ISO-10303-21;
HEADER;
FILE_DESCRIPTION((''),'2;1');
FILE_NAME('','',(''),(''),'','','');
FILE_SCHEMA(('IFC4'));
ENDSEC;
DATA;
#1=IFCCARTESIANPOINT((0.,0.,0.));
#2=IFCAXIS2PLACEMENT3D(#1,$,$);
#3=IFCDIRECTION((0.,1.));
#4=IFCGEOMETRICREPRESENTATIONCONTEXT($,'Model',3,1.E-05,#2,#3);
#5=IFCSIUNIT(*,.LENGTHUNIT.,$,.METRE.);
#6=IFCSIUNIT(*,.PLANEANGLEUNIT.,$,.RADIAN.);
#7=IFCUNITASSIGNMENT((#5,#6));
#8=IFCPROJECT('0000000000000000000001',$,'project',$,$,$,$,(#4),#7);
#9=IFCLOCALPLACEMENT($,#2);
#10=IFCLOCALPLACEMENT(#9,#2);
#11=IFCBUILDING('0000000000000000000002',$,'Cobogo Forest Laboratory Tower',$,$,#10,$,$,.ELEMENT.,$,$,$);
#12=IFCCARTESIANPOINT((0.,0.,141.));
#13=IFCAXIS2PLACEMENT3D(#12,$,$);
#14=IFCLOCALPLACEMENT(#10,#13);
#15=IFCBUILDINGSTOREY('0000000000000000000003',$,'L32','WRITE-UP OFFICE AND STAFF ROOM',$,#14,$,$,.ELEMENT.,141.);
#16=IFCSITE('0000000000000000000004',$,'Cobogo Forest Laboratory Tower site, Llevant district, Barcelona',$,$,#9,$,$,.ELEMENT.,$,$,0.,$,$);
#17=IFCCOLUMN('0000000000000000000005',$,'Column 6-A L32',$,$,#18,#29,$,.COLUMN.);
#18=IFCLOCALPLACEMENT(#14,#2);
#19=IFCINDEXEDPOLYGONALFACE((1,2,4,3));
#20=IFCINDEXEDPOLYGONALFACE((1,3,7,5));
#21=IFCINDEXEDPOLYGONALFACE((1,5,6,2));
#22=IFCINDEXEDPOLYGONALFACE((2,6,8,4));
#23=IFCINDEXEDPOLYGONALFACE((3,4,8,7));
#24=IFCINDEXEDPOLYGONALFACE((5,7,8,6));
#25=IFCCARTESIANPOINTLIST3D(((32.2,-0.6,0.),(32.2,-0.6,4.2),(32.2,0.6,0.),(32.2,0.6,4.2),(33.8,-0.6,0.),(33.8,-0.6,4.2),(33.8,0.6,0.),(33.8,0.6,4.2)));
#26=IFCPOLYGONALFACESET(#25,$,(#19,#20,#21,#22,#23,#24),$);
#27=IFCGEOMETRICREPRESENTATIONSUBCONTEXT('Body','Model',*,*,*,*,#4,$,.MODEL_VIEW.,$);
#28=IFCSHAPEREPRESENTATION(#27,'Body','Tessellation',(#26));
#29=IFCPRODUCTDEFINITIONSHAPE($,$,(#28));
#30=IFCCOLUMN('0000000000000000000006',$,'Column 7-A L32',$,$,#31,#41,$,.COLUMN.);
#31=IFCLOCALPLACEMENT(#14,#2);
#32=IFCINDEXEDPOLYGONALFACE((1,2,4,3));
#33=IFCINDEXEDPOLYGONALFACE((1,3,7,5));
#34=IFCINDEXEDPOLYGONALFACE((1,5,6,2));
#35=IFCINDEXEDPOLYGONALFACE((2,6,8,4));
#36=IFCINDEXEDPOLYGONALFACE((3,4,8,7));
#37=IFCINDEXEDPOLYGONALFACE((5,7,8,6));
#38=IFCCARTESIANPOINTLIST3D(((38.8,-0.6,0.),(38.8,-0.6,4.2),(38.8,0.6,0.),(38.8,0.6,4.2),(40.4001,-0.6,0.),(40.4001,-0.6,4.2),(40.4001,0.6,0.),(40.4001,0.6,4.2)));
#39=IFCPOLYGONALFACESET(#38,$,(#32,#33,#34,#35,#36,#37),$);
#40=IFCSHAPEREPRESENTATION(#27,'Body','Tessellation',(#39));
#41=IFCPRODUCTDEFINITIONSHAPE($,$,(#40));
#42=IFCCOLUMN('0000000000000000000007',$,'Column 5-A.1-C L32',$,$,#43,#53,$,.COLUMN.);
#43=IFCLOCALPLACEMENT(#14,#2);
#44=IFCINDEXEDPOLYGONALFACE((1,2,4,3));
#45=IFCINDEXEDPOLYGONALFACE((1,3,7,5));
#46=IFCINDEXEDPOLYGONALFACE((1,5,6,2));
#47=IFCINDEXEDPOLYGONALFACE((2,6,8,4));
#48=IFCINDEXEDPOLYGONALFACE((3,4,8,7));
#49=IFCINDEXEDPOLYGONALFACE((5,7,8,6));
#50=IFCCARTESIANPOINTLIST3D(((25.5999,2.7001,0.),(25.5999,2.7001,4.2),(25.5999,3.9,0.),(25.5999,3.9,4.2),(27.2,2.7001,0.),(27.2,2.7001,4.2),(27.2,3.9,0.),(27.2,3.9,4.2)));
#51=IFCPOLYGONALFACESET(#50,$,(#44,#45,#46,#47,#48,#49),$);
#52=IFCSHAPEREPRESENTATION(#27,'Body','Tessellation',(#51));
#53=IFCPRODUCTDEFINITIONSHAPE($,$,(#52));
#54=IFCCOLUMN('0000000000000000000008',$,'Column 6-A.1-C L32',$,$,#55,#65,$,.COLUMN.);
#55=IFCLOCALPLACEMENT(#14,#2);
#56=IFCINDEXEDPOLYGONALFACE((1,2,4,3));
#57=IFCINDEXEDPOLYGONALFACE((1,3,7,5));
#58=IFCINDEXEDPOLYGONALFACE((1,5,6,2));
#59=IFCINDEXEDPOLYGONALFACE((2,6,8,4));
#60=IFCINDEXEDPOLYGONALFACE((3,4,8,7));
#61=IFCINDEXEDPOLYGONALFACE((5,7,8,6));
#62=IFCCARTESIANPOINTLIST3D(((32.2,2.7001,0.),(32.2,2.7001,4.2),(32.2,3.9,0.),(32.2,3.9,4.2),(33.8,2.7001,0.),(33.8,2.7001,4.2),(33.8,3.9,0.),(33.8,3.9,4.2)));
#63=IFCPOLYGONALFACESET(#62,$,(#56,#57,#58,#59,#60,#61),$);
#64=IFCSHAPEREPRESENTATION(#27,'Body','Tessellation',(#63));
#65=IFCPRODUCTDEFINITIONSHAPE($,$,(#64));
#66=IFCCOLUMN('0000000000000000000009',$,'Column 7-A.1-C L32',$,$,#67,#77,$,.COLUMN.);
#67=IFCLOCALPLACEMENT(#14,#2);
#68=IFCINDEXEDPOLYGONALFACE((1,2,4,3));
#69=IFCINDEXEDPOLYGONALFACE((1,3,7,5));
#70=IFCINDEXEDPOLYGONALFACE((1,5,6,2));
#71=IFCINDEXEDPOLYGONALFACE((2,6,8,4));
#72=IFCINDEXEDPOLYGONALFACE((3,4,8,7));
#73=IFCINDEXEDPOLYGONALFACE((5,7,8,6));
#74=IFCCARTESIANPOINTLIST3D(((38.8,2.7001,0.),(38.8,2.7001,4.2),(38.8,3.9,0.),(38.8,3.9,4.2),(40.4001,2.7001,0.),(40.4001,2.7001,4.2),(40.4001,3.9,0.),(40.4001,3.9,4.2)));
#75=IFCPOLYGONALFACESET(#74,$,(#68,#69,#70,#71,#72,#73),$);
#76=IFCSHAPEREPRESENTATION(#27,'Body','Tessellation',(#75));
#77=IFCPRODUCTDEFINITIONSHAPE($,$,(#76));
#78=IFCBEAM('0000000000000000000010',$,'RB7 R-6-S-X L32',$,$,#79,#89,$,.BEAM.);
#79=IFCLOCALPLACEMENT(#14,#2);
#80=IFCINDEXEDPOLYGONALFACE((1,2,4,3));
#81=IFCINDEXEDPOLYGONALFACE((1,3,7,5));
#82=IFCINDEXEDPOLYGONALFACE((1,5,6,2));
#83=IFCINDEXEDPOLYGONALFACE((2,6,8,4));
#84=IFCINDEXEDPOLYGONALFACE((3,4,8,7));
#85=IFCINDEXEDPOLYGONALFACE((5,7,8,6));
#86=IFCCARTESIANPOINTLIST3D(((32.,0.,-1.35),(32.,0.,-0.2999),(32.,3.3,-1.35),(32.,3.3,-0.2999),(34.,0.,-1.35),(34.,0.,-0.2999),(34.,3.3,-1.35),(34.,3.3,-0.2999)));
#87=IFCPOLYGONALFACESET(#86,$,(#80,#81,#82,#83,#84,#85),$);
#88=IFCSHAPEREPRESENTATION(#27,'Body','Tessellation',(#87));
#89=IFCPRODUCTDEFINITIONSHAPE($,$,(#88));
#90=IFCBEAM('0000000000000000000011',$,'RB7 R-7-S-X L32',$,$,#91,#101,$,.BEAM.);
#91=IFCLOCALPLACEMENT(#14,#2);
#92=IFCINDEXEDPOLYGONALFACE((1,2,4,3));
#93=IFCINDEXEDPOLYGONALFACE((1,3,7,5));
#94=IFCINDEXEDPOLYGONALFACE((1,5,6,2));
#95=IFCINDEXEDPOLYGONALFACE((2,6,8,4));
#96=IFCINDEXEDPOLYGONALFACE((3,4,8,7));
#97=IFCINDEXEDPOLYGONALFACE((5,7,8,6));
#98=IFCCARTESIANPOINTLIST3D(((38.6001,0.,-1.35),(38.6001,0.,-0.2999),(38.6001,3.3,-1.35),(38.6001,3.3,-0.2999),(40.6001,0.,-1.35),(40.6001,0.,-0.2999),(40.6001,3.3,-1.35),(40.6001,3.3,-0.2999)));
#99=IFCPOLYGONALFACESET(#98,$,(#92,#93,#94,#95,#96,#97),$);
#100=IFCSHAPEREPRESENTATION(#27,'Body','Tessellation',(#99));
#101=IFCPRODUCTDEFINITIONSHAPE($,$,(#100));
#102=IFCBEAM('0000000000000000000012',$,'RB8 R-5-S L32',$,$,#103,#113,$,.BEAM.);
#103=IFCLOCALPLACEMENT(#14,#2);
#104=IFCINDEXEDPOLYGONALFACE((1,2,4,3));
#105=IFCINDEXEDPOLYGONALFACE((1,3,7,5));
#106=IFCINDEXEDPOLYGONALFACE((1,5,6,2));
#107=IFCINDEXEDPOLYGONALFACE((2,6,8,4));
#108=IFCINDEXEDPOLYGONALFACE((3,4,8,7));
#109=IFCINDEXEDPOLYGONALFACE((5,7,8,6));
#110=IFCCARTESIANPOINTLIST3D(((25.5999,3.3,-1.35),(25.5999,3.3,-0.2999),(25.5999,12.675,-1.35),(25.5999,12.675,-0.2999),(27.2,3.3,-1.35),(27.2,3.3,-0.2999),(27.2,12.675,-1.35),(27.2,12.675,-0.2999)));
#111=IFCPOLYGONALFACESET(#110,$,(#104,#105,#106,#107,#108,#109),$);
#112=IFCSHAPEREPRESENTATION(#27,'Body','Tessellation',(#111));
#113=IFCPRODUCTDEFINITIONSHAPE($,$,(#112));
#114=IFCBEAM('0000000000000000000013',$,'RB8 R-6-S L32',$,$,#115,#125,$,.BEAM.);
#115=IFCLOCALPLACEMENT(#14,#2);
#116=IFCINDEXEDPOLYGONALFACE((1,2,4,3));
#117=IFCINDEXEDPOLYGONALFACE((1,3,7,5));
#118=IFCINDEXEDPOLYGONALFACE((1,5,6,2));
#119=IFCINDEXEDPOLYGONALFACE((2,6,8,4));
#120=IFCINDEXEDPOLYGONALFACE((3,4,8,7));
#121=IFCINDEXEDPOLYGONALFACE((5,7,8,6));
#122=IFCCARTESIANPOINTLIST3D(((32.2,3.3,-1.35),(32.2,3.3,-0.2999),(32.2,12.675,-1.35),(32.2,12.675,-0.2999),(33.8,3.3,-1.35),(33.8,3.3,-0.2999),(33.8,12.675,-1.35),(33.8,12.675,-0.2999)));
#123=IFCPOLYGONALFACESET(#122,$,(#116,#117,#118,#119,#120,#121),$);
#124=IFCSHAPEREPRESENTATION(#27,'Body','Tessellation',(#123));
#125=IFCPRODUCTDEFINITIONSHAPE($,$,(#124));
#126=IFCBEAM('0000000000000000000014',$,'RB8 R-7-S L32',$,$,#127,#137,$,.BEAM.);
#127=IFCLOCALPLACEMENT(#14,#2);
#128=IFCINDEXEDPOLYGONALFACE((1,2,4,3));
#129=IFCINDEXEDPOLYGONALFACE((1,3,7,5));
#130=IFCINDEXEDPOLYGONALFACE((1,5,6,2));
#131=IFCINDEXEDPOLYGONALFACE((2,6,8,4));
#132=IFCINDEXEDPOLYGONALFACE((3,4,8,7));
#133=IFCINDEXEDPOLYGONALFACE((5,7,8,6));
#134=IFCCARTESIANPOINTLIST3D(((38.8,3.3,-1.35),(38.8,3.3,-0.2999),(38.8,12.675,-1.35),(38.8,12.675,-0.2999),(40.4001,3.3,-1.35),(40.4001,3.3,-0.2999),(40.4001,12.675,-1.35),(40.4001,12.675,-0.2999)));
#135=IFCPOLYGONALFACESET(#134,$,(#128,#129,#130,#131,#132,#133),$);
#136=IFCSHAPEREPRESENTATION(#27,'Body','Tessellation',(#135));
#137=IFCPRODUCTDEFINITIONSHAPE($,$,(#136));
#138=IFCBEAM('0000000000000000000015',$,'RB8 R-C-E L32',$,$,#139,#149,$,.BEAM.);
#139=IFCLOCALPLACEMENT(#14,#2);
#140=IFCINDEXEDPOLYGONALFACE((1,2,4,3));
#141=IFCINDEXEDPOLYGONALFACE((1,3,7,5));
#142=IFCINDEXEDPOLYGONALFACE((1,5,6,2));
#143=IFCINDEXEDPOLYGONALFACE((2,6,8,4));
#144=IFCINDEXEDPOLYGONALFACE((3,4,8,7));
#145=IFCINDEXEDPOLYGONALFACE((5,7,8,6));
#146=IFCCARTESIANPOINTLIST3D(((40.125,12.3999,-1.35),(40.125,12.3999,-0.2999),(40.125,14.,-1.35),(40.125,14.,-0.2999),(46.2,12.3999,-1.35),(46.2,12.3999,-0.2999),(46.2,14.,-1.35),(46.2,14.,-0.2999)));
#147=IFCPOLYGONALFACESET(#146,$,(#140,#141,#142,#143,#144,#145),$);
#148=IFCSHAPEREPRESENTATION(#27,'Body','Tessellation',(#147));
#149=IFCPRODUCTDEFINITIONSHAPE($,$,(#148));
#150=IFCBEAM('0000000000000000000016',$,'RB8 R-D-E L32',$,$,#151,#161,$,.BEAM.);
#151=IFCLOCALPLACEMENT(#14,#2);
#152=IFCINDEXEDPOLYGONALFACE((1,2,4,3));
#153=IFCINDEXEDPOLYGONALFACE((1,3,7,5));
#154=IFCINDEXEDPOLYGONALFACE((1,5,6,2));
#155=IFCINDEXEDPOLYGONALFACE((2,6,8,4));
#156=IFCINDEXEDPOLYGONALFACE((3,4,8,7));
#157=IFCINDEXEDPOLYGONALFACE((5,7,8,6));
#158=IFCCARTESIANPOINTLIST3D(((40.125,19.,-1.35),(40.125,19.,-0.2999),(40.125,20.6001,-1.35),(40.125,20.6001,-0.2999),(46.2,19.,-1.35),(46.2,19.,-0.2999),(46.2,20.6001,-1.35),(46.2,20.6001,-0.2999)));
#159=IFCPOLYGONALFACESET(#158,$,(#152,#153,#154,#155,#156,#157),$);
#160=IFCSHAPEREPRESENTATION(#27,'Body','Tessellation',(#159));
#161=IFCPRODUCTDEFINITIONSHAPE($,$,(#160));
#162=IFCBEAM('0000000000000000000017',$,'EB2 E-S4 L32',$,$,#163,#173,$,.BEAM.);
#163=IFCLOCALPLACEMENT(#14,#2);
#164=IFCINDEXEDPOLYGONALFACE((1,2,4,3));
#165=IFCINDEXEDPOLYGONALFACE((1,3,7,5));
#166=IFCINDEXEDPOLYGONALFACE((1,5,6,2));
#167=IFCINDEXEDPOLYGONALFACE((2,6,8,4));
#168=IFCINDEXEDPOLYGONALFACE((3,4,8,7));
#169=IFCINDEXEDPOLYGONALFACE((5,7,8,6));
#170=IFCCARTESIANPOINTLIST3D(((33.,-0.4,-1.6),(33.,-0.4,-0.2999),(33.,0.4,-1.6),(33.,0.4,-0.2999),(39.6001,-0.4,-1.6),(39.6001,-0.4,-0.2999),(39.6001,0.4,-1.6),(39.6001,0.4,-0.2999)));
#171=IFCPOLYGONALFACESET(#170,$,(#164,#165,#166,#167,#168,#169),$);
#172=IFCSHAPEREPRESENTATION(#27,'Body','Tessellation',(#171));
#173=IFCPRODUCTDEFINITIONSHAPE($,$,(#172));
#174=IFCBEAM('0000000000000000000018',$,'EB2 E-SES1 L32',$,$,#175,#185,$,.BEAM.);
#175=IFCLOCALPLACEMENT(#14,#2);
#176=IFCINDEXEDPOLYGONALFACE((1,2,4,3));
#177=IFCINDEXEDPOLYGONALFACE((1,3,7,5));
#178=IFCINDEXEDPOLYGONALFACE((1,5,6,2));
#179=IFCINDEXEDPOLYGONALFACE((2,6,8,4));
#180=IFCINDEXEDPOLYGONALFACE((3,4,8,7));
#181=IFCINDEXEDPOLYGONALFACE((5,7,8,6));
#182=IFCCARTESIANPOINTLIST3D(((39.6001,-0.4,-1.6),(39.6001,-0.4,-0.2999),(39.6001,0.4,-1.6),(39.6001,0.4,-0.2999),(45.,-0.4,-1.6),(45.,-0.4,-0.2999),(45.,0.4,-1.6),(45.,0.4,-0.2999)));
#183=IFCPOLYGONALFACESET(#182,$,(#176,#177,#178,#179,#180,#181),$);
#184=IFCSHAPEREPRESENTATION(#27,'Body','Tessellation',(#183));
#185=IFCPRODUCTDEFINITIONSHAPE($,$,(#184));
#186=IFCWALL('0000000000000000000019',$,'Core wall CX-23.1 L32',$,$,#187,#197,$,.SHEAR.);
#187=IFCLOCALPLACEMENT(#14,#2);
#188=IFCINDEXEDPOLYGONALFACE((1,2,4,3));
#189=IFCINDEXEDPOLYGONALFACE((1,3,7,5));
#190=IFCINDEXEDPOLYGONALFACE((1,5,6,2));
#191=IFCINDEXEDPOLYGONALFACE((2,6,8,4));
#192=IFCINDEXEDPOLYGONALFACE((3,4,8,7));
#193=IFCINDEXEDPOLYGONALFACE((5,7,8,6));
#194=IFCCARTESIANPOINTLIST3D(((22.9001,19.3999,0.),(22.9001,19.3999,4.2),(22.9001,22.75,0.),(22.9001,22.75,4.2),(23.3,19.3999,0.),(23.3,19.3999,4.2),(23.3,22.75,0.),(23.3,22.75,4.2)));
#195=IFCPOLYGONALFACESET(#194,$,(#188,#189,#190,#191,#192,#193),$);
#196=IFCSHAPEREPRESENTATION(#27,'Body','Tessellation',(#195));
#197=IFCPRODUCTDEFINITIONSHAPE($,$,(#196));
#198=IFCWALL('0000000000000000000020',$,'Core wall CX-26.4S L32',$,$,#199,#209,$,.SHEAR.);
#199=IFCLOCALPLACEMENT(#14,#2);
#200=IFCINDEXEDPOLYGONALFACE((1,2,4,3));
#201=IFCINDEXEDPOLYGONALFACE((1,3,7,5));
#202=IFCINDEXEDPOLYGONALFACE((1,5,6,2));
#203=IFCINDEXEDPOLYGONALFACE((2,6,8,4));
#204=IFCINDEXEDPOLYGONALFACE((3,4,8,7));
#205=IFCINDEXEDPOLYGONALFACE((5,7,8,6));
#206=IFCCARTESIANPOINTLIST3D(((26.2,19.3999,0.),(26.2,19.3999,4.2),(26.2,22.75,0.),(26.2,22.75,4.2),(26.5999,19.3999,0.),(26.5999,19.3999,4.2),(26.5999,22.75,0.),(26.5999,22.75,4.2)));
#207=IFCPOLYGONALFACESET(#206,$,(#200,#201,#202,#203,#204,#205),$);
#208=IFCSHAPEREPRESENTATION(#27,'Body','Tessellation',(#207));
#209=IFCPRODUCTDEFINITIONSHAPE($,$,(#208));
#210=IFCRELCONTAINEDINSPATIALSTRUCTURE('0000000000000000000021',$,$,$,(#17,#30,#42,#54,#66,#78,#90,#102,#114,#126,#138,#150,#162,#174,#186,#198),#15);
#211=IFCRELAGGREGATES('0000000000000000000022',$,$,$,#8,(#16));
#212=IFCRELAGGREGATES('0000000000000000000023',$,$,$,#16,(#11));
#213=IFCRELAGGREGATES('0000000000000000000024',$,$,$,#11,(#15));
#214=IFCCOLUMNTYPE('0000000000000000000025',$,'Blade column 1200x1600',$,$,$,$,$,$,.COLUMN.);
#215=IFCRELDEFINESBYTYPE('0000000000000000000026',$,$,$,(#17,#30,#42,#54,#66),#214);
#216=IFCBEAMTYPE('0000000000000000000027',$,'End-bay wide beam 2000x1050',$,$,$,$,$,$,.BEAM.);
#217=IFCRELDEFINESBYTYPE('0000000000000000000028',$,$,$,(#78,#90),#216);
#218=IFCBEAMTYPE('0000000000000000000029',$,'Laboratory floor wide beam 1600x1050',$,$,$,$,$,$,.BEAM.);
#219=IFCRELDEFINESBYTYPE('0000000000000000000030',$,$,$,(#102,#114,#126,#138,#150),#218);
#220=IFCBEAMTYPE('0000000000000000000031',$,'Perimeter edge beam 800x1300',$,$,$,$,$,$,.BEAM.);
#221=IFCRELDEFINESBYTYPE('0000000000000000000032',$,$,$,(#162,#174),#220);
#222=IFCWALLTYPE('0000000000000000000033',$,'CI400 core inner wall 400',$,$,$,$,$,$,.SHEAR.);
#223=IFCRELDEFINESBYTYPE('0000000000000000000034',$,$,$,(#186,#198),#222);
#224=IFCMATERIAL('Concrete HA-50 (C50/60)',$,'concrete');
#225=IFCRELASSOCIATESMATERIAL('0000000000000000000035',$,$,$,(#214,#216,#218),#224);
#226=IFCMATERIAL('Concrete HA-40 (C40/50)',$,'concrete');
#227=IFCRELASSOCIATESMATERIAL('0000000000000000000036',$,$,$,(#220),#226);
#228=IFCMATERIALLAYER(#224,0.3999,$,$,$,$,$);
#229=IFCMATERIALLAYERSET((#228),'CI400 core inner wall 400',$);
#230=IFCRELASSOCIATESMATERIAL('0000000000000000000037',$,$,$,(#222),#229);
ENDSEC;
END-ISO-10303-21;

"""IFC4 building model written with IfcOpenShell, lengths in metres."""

from ifc_helpers import new_model, si_unit, direction, frame, frame_2d, origin, origin_2d, place, context, subcontext, project, spatial, rectangle, extrude, material, layer, layer_set, material_profile, profile_set, type_object, element, save


model = new_model("IFC4")

# Units and contexts
model_context = context("Model", 3, precision=1e-05, world=origin(), true_north=direction((0.0, 1.0)))
body_context = subcontext(model_context, "Body", "Model", "MODEL_VIEW")
ifc_project = project(units=[si_unit("LENGTHUNIT", "METRE"), si_unit("PLANEANGLEUNIT", "RADIAN")], contexts=[model_context])

# Site, building, storey
site_placement = place(None, origin())
site = spatial("IfcSite", under=ifc_project, at=site_placement, Name="Cobogo Forest Laboratory Tower site, Llevant district, Barcelona", CompositionType="ELEMENT", RefElevation=0.0)
building_placement = place(site_placement, origin())
building = spatial("IfcBuilding", under=site, at=building_placement, Name="Cobogo Forest Laboratory Tower", CompositionType="ELEMENT")
storey_placement = place(building_placement, frame((0.0, 0.0, 141.0)))
storey = spatial("IfcBuildingStorey", under=building, at=storey_placement, Name="L32", Description="WRITE-UP OFFICE AND STAFF ROOM", CompositionType="ELEMENT", Elevation=141.0)

# Columns
ifc_material_1 = material(Name="Concrete HA-50 (C50/60)", Category="concrete")
ifc_material_profile_1 = material_profile(ifc_material_1, rectangle(XDim=1.6001, YDim=1.2, at=origin_2d()), Name="RC 1200x1600")
ifc_profile_set_1 = profile_set([ifc_material_profile_1], Name="Concrete HA-50 (C50/60)")
column_type = type_object("IfcColumnType", Name="Blade column 1200x1600", PredefinedType="COLUMN", material=ifc_profile_set_1)
for number, where, z_axis, x_axis, name in (
    (1, (33.0, 0.0, 0.0), (0.0, 0.0, 1.0), (1.0, 0.0, 0.0), "Column 6-A L32"),
    (2, (39.6001, 0.0, 0.0), (0.0, 0.0, 1.0), (1.0, 0.0, 0.0), "Column 7-A L32"),
    (3, (26.3999, 3.3, 0.0), (0.0, 0.0, 1.0), (1.0, 0.0, 0.0), "Column 5-A.1-C L32"),
    (4, (33.0, 3.3, 0.0), (0.0, 0.0, 1.0), (1.0, 0.0, 0.0), "Column 6-A.1-C L32"),
    (5, (39.6001, 3.3, 0.0), (0.0, 0.0, 1.0), (1.0, 0.0, 0.0), "Column 7-A.1-C L32"),
):
    element("IfcColumn", number, at=place(storey_placement, frame(where, z_axis=z_axis, x_axis=x_axis)), inside=storey, type_object=column_type, Name=name, PredefinedType="COLUMN", context=body_context, shape_type="SweptSolid", body=[
        extrude(rectangle(XDim=1.6001, YDim=1.2, at=origin_2d()), origin(), (0.0, 0.0, 1.0), 4.2),
    ])

# Beams
ifc_material_profile_2 = material_profile(ifc_material_1, rectangle(XDim=2.0, YDim=1.05, at=origin_2d()), Name="RC 2000x1050")
ifc_profile_set_2 = profile_set([ifc_material_profile_2], Name="Concrete HA-50 (C50/60)")
beam_type_1 = type_object("IfcBeamType", Name="End-bay wide beam 2000x1050", PredefinedType="BEAM", material=ifc_profile_set_2)
for number, where, z_axis, x_axis, name in (
    (6, (33.0, 0.0, -0.825), (0.0, 1.0, 0.0), (-1.0, 0.0, 0.0), "RB7 R-6-S-X L32"),
    (7, (39.6001, 0.0, -0.825), (0.0, 1.0, 0.0), (-1.0, 0.0, 0.0), "RB7 R-7-S-X L32"),
):
    element("IfcBeam", number, at=place(storey_placement, frame(where, z_axis=z_axis, x_axis=x_axis)), inside=storey, type_object=beam_type_1, Name=name, PredefinedType="BEAM", context=body_context, shape_type="SweptSolid", body=[
        extrude(rectangle(XDim=2.0, YDim=1.05, at=origin_2d()), origin(), (0.0, 0.0, 1.0), 3.3),
    ])
ifc_material_profile_3 = material_profile(ifc_material_1, rectangle(XDim=1.6001, YDim=1.05, at=origin_2d()), Name="RC 1600x1050")
ifc_profile_set_3 = profile_set([ifc_material_profile_3], Name="Concrete HA-50 (C50/60)")
beam_type_2 = type_object("IfcBeamType", Name="Laboratory floor wide beam 1600x1050", PredefinedType="BEAM", material=ifc_profile_set_3)
for number, where, z_axis, x_axis, name in (
    (8, (26.3999, 12.675, -0.825), (0.0, -1.0, 0.0), (1.0, 0.0, 0.0), "RB8 R-5-S L32"),
    (9, (33.0, 12.675, -0.825), (0.0, -1.0, 0.0), (1.0, 0.0, 0.0), "RB8 R-6-S L32"),
    (10, (39.6001, 12.675, -0.825), (0.0, -1.0, 0.0), (1.0, 0.0, 0.0), "RB8 R-7-S L32"),
):
    element("IfcBeam", number, at=place(storey_placement, frame(where, z_axis=z_axis, x_axis=x_axis)), inside=storey, type_object=beam_type_2, Name=name, PredefinedType="BEAM", context=body_context, shape_type="SweptSolid", body=[
        extrude(rectangle(XDim=1.6001, YDim=1.05, at=origin_2d()), origin(), (0.0, 0.0, 1.0), 9.375),
    ])
for number, where, z_axis, x_axis, name in (
    (11, (40.125, 13.2, -0.825), (1.0, 0.0, 0.0), (0.0, 1.0, 0.0), "RB8 R-C-E L32"),
    (12, (40.125, 19.8, -0.825), (1.0, 0.0, 0.0), (0.0, 1.0, 0.0), "RB8 R-D-E L32"),
):
    element("IfcBeam", number, at=place(storey_placement, frame(where, z_axis=z_axis, x_axis=x_axis)), inside=storey, type_object=beam_type_2, Name=name, PredefinedType="BEAM", context=body_context, shape_type="SweptSolid", body=[
        extrude(rectangle(XDim=1.6001, YDim=1.05, at=origin_2d()), origin(), (0.0, 0.0, 1.0), 6.075),
    ])
ifc_material_2 = material(Name="Concrete HA-40 (C40/50)", Category="concrete")
ifc_material_profile_4 = material_profile(ifc_material_2, rectangle(XDim=0.8, YDim=1.3, at=origin_2d()), Name="RC 800x1300")
ifc_profile_set_4 = profile_set([ifc_material_profile_4], Name="Concrete HA-40 (C40/50)")
beam_type_3 = type_object("IfcBeamType", Name="Perimeter edge beam 800x1300", PredefinedType="BEAM", material=ifc_profile_set_4)
beam_1_placement = place(storey_placement, frame((33.0, 0.0, -0.95), z_axis=(1.0, 0.0, 0.0), x_axis=(0.0, 1.0, 0.0)))
element("IfcBeam", 13, at=beam_1_placement, inside=storey, type_object=beam_type_3, Name="EB2 E-S4 L32", PredefinedType="BEAM", context=body_context, shape_type="SweptSolid", body=[
    extrude(rectangle(XDim=0.8, YDim=1.3, at=origin_2d()), origin(), (0.0, 0.0, 1.0), 6.6001),
])
beam_2_placement = place(storey_placement, frame((39.6001, 0.0, -0.95), z_axis=(1.0, 0.0, 0.0), x_axis=(0.0, 1.0, 0.0)))
element("IfcBeam", 14, at=beam_2_placement, inside=storey, type_object=beam_type_3, Name="EB2 E-SES1 L32", PredefinedType="BEAM", context=body_context, shape_type="SweptSolid", body=[
    extrude(rectangle(XDim=0.8, YDim=1.3, at=origin_2d()), origin(), (0.0, 0.0, 1.0), 5.3999),
])

# Walls
ifc_layer_1 = layer(ifc_material_1, 0.3999)
ifc_layer_set_1 = layer_set([ifc_layer_1], Name="CI400 core inner wall 400")
wall_type_1 = type_object("IfcWallType", Name="CI400 core inner wall 400", PredefinedType="SHEAR", material=ifc_layer_set_1)
for number, where, z_axis, x_axis, name in (
    (15, (23.1001, 19.3999, 0.0), (0.0, 0.0, 1.0), (0.0, 1.0, 0.0), "Core wall CX-23.1 L32"),
    (16, (26.3999, 19.3999, 0.0), (0.0, 0.0, 1.0), (0.0, 1.0, 0.0), "Core wall CX-26.4S L32"),
):
    element("IfcWall", number, at=place(storey_placement, frame(where, z_axis=z_axis, x_axis=x_axis)), inside=storey, type_object=wall_type_1, Name=name, PredefinedType="SHEAR", context=body_context, shape_type="SweptSolid", body=[
        extrude(rectangle(XDim=3.3501, YDim=0.3999, at=frame_2d((1.675, 0.0))), origin(), (0.0, 0.0, 1.0), 4.2),
    ])

save(model, "model.ifc")
